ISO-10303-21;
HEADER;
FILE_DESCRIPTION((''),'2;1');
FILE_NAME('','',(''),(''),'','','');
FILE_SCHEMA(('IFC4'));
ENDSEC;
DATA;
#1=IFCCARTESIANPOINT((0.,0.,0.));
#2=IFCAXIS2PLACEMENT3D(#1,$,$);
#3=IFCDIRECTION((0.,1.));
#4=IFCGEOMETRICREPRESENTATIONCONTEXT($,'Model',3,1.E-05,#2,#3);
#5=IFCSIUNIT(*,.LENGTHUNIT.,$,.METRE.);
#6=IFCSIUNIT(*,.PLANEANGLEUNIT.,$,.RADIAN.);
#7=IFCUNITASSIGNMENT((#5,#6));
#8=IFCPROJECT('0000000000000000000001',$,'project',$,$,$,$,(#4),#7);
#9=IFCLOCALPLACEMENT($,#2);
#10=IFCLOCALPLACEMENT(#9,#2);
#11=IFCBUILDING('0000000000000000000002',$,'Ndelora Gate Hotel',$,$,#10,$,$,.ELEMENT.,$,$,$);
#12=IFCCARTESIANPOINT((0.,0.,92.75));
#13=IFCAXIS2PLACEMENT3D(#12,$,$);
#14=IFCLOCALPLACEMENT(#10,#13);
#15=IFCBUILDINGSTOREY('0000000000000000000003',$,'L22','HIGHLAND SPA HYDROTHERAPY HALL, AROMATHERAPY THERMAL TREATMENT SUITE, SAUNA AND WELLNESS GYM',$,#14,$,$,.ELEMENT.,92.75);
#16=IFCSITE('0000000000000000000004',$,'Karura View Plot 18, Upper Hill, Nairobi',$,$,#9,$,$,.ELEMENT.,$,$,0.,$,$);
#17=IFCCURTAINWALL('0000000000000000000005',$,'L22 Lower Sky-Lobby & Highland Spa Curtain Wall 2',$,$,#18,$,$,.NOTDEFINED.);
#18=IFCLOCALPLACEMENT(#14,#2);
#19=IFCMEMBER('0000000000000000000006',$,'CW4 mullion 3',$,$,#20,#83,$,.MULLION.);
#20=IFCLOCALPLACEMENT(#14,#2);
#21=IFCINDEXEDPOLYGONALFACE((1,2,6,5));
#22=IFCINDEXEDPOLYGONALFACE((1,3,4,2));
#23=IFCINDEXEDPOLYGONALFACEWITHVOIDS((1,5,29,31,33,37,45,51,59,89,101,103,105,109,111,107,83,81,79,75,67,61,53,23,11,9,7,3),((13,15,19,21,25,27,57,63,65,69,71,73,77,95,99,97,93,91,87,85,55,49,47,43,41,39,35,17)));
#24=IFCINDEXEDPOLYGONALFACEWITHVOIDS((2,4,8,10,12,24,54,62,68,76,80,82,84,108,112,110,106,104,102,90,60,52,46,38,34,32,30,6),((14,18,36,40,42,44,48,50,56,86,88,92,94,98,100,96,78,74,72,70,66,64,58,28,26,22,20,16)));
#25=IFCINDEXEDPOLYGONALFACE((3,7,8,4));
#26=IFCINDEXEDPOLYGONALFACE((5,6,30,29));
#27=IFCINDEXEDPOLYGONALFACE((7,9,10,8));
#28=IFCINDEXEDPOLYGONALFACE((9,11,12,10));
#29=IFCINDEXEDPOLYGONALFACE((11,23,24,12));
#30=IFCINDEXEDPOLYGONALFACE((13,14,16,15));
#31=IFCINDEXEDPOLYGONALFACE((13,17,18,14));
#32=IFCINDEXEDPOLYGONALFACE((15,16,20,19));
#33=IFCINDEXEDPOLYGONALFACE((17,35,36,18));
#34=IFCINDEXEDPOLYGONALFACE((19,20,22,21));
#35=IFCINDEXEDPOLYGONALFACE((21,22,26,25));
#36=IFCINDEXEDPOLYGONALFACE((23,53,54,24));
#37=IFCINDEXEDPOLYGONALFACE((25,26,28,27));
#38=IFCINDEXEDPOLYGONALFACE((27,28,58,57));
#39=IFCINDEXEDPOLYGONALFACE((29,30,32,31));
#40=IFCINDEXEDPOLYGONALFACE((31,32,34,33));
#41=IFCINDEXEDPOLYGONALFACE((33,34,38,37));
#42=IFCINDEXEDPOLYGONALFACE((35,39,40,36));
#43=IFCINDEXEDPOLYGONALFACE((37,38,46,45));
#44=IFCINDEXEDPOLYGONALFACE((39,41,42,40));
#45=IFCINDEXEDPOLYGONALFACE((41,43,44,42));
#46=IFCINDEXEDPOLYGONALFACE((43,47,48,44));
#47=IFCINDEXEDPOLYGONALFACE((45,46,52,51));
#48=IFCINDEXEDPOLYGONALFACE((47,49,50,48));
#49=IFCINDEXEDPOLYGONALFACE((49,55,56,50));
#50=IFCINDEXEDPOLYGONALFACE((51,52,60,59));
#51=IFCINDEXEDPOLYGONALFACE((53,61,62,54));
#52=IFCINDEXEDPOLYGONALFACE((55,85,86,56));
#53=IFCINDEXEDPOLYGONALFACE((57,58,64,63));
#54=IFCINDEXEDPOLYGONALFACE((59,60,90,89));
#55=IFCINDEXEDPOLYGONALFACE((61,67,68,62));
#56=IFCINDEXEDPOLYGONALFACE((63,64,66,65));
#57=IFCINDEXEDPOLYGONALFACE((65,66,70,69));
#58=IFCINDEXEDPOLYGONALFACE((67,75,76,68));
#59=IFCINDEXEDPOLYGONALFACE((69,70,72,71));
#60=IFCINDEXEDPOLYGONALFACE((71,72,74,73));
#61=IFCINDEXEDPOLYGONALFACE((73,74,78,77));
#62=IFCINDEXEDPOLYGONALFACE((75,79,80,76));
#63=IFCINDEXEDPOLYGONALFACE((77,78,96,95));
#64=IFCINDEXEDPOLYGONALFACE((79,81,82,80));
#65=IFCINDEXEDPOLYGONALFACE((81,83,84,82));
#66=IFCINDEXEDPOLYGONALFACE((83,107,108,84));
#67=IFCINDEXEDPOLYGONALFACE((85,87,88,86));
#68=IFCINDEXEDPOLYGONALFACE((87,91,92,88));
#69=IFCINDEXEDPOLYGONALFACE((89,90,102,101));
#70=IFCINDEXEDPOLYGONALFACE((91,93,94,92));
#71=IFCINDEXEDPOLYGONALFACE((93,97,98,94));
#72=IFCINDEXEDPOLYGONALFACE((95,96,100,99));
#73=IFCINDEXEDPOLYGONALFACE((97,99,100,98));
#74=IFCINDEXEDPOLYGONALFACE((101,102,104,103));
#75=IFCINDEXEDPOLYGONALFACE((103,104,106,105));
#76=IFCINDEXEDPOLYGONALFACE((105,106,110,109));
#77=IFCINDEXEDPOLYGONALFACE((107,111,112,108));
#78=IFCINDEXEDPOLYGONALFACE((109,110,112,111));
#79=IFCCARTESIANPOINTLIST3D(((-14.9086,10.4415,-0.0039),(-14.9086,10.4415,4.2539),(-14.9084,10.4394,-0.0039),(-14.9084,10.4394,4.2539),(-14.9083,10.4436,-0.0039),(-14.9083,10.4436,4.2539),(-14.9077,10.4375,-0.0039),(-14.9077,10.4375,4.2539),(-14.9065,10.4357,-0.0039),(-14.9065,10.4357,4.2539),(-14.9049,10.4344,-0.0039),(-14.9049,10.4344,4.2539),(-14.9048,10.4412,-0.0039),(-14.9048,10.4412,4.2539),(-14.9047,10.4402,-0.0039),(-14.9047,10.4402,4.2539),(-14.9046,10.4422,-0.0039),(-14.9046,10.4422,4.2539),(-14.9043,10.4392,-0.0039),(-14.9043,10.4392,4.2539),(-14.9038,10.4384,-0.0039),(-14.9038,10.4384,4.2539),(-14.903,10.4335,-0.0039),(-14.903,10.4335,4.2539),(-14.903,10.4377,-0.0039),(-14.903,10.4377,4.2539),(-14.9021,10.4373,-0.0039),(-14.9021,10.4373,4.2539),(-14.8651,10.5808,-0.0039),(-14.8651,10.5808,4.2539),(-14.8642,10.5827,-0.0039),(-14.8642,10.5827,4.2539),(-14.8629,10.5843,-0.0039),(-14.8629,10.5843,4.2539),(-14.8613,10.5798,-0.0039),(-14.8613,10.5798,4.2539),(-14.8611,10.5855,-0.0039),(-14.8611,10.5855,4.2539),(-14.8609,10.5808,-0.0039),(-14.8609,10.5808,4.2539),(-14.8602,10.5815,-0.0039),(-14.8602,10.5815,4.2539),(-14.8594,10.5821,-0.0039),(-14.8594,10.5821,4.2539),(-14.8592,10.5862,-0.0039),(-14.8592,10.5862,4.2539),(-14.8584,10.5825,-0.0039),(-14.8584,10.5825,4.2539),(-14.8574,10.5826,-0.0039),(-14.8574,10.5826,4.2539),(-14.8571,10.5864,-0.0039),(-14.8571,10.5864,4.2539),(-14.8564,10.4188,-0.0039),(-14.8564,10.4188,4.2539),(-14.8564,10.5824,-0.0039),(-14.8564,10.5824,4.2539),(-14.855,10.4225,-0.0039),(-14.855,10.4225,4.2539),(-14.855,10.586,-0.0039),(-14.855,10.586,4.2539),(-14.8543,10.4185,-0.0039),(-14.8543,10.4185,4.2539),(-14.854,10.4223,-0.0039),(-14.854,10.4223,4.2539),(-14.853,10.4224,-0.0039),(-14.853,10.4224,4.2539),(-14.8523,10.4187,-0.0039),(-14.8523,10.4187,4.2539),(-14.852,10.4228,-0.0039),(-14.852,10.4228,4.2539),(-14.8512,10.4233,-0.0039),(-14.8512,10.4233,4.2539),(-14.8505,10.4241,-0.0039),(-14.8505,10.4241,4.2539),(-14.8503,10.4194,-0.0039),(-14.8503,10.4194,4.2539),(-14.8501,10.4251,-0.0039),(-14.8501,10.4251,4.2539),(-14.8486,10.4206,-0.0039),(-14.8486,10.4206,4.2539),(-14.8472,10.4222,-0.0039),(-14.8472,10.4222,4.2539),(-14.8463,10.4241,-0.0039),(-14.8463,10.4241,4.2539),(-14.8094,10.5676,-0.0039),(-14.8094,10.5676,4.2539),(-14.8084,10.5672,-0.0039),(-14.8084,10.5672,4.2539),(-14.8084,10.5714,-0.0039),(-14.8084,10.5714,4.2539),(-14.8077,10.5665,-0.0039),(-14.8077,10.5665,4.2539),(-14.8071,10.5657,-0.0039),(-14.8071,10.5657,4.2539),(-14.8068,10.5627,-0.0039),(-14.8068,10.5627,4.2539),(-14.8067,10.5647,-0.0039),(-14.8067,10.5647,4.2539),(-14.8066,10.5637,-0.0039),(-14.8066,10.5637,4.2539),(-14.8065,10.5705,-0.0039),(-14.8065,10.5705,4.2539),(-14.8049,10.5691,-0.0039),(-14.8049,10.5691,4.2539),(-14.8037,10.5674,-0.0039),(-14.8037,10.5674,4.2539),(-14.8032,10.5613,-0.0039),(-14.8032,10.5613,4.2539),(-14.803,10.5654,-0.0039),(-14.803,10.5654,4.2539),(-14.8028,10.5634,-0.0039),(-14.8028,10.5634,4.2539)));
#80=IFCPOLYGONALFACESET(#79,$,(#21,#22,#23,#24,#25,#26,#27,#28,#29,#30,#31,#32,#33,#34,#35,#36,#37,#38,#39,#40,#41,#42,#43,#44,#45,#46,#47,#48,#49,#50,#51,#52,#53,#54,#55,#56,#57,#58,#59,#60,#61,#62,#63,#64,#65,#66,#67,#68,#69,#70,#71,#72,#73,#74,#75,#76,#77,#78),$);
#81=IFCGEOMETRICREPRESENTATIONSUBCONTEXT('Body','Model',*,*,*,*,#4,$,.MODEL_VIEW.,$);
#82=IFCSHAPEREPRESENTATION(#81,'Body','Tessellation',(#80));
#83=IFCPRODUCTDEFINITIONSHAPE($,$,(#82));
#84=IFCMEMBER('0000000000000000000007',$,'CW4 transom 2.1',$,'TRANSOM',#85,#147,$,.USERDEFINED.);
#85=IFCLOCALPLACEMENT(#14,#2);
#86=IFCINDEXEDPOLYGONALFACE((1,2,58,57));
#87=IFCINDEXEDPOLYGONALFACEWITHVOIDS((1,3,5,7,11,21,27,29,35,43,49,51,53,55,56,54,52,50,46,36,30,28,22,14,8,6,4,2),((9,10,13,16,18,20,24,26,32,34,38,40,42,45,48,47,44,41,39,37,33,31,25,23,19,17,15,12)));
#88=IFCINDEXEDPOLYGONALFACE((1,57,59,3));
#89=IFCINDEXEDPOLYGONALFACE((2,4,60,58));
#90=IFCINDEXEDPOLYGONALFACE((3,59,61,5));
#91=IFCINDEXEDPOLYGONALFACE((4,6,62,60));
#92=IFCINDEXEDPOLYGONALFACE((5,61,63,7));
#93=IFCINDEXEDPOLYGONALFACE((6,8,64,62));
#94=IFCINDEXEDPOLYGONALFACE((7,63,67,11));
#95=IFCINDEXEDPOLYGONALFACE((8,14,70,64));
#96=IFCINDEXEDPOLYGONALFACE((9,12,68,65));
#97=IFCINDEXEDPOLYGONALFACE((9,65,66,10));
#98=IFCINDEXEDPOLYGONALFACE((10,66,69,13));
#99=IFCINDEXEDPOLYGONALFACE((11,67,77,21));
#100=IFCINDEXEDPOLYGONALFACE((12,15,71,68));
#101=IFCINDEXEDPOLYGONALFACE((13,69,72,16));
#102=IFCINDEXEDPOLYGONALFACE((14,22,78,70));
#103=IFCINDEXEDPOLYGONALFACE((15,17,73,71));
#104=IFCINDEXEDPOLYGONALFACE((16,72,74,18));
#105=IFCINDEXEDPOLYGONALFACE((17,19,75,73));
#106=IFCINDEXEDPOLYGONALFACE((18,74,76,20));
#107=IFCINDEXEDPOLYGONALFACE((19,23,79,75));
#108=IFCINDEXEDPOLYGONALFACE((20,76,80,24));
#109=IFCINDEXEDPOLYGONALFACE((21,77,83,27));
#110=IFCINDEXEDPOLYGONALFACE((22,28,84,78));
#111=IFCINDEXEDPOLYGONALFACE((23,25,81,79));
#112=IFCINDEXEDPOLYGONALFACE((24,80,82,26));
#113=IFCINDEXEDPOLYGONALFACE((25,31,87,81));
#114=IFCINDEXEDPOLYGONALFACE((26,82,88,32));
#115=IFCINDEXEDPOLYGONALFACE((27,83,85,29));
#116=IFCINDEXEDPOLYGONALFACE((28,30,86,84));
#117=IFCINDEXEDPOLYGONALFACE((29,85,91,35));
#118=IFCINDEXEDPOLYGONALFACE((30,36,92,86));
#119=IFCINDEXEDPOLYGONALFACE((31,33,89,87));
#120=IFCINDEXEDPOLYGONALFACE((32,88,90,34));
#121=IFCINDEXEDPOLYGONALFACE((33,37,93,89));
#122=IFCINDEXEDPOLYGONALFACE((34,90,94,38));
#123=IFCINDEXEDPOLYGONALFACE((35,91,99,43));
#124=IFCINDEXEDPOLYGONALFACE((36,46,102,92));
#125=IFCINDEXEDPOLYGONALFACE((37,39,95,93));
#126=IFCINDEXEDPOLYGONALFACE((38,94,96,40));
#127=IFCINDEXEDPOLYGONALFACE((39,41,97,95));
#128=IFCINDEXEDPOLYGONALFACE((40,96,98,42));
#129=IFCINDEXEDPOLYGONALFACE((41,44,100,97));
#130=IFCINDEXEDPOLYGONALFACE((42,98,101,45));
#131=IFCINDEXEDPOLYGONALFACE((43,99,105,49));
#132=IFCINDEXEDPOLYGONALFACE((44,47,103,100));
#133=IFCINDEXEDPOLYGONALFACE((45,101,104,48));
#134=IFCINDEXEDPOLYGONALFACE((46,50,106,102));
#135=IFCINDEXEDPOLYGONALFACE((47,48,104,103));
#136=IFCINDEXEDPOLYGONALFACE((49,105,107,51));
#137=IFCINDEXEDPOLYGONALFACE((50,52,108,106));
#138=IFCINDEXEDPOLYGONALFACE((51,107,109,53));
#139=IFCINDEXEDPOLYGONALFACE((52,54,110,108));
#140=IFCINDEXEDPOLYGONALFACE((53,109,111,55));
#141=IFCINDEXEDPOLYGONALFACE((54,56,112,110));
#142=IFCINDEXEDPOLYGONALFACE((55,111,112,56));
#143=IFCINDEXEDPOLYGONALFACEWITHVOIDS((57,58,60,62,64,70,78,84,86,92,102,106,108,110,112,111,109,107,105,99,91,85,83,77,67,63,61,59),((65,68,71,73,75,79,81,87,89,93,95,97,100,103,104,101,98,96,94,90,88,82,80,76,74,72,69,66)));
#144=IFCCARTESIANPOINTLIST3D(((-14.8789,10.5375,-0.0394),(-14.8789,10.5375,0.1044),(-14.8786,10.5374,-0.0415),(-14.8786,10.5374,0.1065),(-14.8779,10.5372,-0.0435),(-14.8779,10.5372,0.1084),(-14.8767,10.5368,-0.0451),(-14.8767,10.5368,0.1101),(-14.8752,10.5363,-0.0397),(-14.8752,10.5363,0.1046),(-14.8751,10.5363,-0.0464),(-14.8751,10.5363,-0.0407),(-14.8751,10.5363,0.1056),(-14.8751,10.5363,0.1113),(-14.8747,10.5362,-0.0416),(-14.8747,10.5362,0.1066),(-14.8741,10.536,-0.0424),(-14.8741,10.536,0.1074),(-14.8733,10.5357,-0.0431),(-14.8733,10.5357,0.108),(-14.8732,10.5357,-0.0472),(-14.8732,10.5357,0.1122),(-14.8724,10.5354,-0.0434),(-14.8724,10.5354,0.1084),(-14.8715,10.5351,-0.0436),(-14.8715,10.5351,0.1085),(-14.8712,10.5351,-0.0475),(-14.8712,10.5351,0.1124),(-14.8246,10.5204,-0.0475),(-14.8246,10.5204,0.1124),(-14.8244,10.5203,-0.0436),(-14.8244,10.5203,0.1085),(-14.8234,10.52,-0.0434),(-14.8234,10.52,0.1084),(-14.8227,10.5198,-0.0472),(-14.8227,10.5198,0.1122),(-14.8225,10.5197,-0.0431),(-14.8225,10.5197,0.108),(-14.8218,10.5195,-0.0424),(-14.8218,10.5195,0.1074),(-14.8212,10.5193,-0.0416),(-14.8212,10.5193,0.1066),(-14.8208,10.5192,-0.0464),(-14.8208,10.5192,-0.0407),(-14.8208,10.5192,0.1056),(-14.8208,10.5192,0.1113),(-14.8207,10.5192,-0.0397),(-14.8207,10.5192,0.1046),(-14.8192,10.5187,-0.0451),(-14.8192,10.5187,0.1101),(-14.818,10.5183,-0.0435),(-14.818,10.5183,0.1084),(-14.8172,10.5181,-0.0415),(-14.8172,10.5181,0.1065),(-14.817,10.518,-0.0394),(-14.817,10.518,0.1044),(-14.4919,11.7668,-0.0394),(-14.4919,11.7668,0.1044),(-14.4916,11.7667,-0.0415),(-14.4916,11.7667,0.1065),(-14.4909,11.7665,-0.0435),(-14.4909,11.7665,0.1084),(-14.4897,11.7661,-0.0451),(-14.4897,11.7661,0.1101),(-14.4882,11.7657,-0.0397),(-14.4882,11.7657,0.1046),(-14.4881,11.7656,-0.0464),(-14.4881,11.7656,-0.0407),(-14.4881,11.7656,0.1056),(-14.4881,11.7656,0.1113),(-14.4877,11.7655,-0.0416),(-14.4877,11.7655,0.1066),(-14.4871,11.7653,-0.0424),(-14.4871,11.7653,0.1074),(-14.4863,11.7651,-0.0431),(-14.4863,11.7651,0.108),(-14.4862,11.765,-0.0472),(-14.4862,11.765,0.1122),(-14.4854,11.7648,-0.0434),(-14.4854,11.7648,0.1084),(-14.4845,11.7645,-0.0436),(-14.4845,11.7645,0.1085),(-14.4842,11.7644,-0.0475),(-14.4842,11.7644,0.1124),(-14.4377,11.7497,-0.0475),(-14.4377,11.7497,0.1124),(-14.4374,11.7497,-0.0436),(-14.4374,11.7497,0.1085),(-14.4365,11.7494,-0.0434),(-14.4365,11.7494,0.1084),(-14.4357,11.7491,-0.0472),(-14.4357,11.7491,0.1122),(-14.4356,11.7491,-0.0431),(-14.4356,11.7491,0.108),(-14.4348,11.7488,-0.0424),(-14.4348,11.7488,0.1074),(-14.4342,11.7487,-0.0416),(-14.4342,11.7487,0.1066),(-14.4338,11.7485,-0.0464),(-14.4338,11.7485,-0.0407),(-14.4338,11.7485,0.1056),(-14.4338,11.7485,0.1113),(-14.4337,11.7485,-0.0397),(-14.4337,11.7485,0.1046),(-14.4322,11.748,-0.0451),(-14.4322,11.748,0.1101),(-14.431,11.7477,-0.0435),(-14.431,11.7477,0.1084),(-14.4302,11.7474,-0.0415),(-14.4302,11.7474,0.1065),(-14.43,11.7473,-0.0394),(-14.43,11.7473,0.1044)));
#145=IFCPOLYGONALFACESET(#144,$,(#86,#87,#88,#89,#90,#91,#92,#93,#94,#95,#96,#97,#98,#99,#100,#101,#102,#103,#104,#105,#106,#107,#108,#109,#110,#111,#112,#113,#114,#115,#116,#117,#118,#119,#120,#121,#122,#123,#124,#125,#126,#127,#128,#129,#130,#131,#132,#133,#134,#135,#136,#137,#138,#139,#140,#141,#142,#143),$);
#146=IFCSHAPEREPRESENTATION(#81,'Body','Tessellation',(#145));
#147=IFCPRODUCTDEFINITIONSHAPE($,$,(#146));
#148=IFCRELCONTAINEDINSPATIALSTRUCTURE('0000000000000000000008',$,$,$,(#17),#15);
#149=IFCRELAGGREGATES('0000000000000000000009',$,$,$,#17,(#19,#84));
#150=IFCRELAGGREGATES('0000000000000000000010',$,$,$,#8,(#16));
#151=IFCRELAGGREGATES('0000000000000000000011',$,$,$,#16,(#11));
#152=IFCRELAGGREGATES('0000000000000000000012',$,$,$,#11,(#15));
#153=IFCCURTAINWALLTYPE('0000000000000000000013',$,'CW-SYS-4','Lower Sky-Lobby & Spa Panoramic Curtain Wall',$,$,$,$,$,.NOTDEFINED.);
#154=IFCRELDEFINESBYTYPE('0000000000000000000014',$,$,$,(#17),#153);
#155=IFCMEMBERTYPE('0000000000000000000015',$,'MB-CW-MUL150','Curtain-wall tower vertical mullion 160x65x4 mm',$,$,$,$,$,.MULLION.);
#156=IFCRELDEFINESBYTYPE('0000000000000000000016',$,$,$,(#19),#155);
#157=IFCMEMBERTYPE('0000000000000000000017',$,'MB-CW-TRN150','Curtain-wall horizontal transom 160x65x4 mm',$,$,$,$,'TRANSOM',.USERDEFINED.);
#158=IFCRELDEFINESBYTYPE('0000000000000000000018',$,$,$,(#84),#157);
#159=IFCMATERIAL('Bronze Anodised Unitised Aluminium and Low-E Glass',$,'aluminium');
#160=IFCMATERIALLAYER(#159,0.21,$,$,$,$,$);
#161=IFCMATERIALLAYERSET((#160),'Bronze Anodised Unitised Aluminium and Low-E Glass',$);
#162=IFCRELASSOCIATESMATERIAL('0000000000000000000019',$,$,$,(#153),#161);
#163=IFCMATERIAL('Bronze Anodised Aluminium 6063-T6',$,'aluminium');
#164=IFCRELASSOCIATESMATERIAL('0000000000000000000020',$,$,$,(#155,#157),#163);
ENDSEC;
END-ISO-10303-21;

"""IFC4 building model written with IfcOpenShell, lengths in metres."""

from ifc_helpers import new_model, si_unit, direction, frame, origin, origin_2d, place, context, subcontext, project, spatial, hollow_rectangle, extrude, material, layer, layer_set, material_profile, profile_set, type_object, element, aggregate, save


model = new_model("IFC4")

# Units and contexts
model_context = context("Model", 3, precision=1e-05, world=origin(), true_north=direction((0.0, 1.0)))
body_context = subcontext(model_context, "Body", "Model", "MODEL_VIEW")
ifc_project = project(units=[si_unit("LENGTHUNIT", "METRE"), si_unit("PLANEANGLEUNIT", "RADIAN")], contexts=[model_context])

# Site, building, storey
site_placement = place(None, origin())
site = spatial("IfcSite", under=ifc_project, at=site_placement, Name="Karura View Plot 18, Upper Hill, Nairobi", CompositionType="ELEMENT", RefElevation=0.0)
building_placement = place(site_placement, origin())
building = spatial("IfcBuilding", under=site, at=building_placement, Name="Ndelora Gate Hotel", CompositionType="ELEMENT")
storey_placement = place(building_placement, frame((0.0, 0.0, 92.75)))
storey = spatial("IfcBuildingStorey", under=building, at=storey_placement, Name="L22", Description="HIGHLAND SPA HYDROTHERAPY HALL, AROMATHERAPY THERMAL TREATMENT SUITE, SAUNA AND WELLNESS GYM", CompositionType="ELEMENT", Elevation=92.75)

# Curtain wall, members
ifc_material_1 = material(Name="Bronze Anodised Unitised Aluminium and Low-E Glass", Category="aluminium")
ifc_layer_1 = layer(ifc_material_1, 0.21)
ifc_layer_set_1 = layer_set([ifc_layer_1], Name="Bronze Anodised Unitised Aluminium and Low-E Glass")
curtain_wall_type = type_object("IfcCurtainWallType", Name="CW-SYS-4", Description="Lower Sky-Lobby & Spa Panoramic Curtain Wall", PredefinedType="NOTDEFINED", material=ifc_layer_set_1)
curtain_wall_placement = place(storey_placement, origin())
curtain_wall = element("IfcCurtainWall", 1, at=curtain_wall_placement, inside=storey, type_object=curtain_wall_type, Name="L22 Lower Sky-Lobby & Highland Spa Curtain Wall 2", PredefinedType="NOTDEFINED")
ifc_material_2 = material(Name="Bronze Anodised Aluminium 6063-T6", Category="aluminium")
ifc_material_profile_1 = material_profile(ifc_material_2, hollow_rectangle(XDim=0.0649, YDim=0.1599, WallThickness=0.0039, InnerFilletRadius=0.0039, OuterFilletRadius=0.0081, at=origin_2d()), Name="ALU 160x65x4")
ifc_profile_set_1 = profile_set([ifc_material_profile_1], Name="Bronze Anodised Aluminium 6063-T6")
member_type_1 = type_object("IfcMemberType", Name="MB-CW-MUL150", Description="Curtain-wall tower vertical mullion 160x65x4 mm", PredefinedType="MULLION", material=ifc_profile_set_1)
member_1_placement = place(storey_placement, frame((-14.8557, 10.5024, -0.0039), z_axis=(0.0, 0.0, 1.0), x_axis=(0.95391, -0.300093, 0.0)))
member_1 = element("IfcMember", 2, at=member_1_placement, type_object=member_type_1, Name="CW4 mullion 3", PredefinedType="MULLION", context=body_context, shape_type="SweptSolid", body=[
    extrude(hollow_rectangle(XDim=0.0649, YDim=0.1599, WallThickness=0.0039, InnerFilletRadius=0.0039, OuterFilletRadius=0.0081, at=origin_2d()), origin(), (0.0, 0.0, 1.0), 4.2578),
])
ifc_material_profile_2 = material_profile(ifc_material_2, hollow_rectangle(XDim=0.0649, YDim=0.1599, WallThickness=0.0039, InnerFilletRadius=0.0039, OuterFilletRadius=0.0081, at=origin_2d()), Name="ALU 160x65x4")
ifc_profile_set_2 = profile_set([ifc_material_profile_2], Name="Bronze Anodised Aluminium 6063-T6")
member_type_2 = type_object("IfcMemberType", Name="MB-CW-TRN150", Description="Curtain-wall horizontal transom 160x65x4 mm", ElementType="TRANSOM", PredefinedType="USERDEFINED", material=ifc_profile_set_2)
member_2_placement = place(storey_placement, frame((-14.4609, 11.7571, 0.0325), z_axis=(-0.30027, -0.953854, 0.0), x_axis=(0.953854, -0.30027, 0.0)))
member_2 = element("IfcMember", 3, at=member_2_placement, type_object=member_type_2, Name="CW4 transom 2.1", ObjectType="TRANSOM", PredefinedType="USERDEFINED", context=body_context, shape_type="SweptSolid", body=[
    extrude(hollow_rectangle(XDim=0.0649, YDim=0.1599, WallThickness=0.0039, InnerFilletRadius=0.0039, OuterFilletRadius=0.0081, at=origin_2d()), origin(), (0.0, 0.0, 1.0), 1.2888),
])
aggregate(curtain_wall, [member_1, member_2])

save(model, "model.ifc")
